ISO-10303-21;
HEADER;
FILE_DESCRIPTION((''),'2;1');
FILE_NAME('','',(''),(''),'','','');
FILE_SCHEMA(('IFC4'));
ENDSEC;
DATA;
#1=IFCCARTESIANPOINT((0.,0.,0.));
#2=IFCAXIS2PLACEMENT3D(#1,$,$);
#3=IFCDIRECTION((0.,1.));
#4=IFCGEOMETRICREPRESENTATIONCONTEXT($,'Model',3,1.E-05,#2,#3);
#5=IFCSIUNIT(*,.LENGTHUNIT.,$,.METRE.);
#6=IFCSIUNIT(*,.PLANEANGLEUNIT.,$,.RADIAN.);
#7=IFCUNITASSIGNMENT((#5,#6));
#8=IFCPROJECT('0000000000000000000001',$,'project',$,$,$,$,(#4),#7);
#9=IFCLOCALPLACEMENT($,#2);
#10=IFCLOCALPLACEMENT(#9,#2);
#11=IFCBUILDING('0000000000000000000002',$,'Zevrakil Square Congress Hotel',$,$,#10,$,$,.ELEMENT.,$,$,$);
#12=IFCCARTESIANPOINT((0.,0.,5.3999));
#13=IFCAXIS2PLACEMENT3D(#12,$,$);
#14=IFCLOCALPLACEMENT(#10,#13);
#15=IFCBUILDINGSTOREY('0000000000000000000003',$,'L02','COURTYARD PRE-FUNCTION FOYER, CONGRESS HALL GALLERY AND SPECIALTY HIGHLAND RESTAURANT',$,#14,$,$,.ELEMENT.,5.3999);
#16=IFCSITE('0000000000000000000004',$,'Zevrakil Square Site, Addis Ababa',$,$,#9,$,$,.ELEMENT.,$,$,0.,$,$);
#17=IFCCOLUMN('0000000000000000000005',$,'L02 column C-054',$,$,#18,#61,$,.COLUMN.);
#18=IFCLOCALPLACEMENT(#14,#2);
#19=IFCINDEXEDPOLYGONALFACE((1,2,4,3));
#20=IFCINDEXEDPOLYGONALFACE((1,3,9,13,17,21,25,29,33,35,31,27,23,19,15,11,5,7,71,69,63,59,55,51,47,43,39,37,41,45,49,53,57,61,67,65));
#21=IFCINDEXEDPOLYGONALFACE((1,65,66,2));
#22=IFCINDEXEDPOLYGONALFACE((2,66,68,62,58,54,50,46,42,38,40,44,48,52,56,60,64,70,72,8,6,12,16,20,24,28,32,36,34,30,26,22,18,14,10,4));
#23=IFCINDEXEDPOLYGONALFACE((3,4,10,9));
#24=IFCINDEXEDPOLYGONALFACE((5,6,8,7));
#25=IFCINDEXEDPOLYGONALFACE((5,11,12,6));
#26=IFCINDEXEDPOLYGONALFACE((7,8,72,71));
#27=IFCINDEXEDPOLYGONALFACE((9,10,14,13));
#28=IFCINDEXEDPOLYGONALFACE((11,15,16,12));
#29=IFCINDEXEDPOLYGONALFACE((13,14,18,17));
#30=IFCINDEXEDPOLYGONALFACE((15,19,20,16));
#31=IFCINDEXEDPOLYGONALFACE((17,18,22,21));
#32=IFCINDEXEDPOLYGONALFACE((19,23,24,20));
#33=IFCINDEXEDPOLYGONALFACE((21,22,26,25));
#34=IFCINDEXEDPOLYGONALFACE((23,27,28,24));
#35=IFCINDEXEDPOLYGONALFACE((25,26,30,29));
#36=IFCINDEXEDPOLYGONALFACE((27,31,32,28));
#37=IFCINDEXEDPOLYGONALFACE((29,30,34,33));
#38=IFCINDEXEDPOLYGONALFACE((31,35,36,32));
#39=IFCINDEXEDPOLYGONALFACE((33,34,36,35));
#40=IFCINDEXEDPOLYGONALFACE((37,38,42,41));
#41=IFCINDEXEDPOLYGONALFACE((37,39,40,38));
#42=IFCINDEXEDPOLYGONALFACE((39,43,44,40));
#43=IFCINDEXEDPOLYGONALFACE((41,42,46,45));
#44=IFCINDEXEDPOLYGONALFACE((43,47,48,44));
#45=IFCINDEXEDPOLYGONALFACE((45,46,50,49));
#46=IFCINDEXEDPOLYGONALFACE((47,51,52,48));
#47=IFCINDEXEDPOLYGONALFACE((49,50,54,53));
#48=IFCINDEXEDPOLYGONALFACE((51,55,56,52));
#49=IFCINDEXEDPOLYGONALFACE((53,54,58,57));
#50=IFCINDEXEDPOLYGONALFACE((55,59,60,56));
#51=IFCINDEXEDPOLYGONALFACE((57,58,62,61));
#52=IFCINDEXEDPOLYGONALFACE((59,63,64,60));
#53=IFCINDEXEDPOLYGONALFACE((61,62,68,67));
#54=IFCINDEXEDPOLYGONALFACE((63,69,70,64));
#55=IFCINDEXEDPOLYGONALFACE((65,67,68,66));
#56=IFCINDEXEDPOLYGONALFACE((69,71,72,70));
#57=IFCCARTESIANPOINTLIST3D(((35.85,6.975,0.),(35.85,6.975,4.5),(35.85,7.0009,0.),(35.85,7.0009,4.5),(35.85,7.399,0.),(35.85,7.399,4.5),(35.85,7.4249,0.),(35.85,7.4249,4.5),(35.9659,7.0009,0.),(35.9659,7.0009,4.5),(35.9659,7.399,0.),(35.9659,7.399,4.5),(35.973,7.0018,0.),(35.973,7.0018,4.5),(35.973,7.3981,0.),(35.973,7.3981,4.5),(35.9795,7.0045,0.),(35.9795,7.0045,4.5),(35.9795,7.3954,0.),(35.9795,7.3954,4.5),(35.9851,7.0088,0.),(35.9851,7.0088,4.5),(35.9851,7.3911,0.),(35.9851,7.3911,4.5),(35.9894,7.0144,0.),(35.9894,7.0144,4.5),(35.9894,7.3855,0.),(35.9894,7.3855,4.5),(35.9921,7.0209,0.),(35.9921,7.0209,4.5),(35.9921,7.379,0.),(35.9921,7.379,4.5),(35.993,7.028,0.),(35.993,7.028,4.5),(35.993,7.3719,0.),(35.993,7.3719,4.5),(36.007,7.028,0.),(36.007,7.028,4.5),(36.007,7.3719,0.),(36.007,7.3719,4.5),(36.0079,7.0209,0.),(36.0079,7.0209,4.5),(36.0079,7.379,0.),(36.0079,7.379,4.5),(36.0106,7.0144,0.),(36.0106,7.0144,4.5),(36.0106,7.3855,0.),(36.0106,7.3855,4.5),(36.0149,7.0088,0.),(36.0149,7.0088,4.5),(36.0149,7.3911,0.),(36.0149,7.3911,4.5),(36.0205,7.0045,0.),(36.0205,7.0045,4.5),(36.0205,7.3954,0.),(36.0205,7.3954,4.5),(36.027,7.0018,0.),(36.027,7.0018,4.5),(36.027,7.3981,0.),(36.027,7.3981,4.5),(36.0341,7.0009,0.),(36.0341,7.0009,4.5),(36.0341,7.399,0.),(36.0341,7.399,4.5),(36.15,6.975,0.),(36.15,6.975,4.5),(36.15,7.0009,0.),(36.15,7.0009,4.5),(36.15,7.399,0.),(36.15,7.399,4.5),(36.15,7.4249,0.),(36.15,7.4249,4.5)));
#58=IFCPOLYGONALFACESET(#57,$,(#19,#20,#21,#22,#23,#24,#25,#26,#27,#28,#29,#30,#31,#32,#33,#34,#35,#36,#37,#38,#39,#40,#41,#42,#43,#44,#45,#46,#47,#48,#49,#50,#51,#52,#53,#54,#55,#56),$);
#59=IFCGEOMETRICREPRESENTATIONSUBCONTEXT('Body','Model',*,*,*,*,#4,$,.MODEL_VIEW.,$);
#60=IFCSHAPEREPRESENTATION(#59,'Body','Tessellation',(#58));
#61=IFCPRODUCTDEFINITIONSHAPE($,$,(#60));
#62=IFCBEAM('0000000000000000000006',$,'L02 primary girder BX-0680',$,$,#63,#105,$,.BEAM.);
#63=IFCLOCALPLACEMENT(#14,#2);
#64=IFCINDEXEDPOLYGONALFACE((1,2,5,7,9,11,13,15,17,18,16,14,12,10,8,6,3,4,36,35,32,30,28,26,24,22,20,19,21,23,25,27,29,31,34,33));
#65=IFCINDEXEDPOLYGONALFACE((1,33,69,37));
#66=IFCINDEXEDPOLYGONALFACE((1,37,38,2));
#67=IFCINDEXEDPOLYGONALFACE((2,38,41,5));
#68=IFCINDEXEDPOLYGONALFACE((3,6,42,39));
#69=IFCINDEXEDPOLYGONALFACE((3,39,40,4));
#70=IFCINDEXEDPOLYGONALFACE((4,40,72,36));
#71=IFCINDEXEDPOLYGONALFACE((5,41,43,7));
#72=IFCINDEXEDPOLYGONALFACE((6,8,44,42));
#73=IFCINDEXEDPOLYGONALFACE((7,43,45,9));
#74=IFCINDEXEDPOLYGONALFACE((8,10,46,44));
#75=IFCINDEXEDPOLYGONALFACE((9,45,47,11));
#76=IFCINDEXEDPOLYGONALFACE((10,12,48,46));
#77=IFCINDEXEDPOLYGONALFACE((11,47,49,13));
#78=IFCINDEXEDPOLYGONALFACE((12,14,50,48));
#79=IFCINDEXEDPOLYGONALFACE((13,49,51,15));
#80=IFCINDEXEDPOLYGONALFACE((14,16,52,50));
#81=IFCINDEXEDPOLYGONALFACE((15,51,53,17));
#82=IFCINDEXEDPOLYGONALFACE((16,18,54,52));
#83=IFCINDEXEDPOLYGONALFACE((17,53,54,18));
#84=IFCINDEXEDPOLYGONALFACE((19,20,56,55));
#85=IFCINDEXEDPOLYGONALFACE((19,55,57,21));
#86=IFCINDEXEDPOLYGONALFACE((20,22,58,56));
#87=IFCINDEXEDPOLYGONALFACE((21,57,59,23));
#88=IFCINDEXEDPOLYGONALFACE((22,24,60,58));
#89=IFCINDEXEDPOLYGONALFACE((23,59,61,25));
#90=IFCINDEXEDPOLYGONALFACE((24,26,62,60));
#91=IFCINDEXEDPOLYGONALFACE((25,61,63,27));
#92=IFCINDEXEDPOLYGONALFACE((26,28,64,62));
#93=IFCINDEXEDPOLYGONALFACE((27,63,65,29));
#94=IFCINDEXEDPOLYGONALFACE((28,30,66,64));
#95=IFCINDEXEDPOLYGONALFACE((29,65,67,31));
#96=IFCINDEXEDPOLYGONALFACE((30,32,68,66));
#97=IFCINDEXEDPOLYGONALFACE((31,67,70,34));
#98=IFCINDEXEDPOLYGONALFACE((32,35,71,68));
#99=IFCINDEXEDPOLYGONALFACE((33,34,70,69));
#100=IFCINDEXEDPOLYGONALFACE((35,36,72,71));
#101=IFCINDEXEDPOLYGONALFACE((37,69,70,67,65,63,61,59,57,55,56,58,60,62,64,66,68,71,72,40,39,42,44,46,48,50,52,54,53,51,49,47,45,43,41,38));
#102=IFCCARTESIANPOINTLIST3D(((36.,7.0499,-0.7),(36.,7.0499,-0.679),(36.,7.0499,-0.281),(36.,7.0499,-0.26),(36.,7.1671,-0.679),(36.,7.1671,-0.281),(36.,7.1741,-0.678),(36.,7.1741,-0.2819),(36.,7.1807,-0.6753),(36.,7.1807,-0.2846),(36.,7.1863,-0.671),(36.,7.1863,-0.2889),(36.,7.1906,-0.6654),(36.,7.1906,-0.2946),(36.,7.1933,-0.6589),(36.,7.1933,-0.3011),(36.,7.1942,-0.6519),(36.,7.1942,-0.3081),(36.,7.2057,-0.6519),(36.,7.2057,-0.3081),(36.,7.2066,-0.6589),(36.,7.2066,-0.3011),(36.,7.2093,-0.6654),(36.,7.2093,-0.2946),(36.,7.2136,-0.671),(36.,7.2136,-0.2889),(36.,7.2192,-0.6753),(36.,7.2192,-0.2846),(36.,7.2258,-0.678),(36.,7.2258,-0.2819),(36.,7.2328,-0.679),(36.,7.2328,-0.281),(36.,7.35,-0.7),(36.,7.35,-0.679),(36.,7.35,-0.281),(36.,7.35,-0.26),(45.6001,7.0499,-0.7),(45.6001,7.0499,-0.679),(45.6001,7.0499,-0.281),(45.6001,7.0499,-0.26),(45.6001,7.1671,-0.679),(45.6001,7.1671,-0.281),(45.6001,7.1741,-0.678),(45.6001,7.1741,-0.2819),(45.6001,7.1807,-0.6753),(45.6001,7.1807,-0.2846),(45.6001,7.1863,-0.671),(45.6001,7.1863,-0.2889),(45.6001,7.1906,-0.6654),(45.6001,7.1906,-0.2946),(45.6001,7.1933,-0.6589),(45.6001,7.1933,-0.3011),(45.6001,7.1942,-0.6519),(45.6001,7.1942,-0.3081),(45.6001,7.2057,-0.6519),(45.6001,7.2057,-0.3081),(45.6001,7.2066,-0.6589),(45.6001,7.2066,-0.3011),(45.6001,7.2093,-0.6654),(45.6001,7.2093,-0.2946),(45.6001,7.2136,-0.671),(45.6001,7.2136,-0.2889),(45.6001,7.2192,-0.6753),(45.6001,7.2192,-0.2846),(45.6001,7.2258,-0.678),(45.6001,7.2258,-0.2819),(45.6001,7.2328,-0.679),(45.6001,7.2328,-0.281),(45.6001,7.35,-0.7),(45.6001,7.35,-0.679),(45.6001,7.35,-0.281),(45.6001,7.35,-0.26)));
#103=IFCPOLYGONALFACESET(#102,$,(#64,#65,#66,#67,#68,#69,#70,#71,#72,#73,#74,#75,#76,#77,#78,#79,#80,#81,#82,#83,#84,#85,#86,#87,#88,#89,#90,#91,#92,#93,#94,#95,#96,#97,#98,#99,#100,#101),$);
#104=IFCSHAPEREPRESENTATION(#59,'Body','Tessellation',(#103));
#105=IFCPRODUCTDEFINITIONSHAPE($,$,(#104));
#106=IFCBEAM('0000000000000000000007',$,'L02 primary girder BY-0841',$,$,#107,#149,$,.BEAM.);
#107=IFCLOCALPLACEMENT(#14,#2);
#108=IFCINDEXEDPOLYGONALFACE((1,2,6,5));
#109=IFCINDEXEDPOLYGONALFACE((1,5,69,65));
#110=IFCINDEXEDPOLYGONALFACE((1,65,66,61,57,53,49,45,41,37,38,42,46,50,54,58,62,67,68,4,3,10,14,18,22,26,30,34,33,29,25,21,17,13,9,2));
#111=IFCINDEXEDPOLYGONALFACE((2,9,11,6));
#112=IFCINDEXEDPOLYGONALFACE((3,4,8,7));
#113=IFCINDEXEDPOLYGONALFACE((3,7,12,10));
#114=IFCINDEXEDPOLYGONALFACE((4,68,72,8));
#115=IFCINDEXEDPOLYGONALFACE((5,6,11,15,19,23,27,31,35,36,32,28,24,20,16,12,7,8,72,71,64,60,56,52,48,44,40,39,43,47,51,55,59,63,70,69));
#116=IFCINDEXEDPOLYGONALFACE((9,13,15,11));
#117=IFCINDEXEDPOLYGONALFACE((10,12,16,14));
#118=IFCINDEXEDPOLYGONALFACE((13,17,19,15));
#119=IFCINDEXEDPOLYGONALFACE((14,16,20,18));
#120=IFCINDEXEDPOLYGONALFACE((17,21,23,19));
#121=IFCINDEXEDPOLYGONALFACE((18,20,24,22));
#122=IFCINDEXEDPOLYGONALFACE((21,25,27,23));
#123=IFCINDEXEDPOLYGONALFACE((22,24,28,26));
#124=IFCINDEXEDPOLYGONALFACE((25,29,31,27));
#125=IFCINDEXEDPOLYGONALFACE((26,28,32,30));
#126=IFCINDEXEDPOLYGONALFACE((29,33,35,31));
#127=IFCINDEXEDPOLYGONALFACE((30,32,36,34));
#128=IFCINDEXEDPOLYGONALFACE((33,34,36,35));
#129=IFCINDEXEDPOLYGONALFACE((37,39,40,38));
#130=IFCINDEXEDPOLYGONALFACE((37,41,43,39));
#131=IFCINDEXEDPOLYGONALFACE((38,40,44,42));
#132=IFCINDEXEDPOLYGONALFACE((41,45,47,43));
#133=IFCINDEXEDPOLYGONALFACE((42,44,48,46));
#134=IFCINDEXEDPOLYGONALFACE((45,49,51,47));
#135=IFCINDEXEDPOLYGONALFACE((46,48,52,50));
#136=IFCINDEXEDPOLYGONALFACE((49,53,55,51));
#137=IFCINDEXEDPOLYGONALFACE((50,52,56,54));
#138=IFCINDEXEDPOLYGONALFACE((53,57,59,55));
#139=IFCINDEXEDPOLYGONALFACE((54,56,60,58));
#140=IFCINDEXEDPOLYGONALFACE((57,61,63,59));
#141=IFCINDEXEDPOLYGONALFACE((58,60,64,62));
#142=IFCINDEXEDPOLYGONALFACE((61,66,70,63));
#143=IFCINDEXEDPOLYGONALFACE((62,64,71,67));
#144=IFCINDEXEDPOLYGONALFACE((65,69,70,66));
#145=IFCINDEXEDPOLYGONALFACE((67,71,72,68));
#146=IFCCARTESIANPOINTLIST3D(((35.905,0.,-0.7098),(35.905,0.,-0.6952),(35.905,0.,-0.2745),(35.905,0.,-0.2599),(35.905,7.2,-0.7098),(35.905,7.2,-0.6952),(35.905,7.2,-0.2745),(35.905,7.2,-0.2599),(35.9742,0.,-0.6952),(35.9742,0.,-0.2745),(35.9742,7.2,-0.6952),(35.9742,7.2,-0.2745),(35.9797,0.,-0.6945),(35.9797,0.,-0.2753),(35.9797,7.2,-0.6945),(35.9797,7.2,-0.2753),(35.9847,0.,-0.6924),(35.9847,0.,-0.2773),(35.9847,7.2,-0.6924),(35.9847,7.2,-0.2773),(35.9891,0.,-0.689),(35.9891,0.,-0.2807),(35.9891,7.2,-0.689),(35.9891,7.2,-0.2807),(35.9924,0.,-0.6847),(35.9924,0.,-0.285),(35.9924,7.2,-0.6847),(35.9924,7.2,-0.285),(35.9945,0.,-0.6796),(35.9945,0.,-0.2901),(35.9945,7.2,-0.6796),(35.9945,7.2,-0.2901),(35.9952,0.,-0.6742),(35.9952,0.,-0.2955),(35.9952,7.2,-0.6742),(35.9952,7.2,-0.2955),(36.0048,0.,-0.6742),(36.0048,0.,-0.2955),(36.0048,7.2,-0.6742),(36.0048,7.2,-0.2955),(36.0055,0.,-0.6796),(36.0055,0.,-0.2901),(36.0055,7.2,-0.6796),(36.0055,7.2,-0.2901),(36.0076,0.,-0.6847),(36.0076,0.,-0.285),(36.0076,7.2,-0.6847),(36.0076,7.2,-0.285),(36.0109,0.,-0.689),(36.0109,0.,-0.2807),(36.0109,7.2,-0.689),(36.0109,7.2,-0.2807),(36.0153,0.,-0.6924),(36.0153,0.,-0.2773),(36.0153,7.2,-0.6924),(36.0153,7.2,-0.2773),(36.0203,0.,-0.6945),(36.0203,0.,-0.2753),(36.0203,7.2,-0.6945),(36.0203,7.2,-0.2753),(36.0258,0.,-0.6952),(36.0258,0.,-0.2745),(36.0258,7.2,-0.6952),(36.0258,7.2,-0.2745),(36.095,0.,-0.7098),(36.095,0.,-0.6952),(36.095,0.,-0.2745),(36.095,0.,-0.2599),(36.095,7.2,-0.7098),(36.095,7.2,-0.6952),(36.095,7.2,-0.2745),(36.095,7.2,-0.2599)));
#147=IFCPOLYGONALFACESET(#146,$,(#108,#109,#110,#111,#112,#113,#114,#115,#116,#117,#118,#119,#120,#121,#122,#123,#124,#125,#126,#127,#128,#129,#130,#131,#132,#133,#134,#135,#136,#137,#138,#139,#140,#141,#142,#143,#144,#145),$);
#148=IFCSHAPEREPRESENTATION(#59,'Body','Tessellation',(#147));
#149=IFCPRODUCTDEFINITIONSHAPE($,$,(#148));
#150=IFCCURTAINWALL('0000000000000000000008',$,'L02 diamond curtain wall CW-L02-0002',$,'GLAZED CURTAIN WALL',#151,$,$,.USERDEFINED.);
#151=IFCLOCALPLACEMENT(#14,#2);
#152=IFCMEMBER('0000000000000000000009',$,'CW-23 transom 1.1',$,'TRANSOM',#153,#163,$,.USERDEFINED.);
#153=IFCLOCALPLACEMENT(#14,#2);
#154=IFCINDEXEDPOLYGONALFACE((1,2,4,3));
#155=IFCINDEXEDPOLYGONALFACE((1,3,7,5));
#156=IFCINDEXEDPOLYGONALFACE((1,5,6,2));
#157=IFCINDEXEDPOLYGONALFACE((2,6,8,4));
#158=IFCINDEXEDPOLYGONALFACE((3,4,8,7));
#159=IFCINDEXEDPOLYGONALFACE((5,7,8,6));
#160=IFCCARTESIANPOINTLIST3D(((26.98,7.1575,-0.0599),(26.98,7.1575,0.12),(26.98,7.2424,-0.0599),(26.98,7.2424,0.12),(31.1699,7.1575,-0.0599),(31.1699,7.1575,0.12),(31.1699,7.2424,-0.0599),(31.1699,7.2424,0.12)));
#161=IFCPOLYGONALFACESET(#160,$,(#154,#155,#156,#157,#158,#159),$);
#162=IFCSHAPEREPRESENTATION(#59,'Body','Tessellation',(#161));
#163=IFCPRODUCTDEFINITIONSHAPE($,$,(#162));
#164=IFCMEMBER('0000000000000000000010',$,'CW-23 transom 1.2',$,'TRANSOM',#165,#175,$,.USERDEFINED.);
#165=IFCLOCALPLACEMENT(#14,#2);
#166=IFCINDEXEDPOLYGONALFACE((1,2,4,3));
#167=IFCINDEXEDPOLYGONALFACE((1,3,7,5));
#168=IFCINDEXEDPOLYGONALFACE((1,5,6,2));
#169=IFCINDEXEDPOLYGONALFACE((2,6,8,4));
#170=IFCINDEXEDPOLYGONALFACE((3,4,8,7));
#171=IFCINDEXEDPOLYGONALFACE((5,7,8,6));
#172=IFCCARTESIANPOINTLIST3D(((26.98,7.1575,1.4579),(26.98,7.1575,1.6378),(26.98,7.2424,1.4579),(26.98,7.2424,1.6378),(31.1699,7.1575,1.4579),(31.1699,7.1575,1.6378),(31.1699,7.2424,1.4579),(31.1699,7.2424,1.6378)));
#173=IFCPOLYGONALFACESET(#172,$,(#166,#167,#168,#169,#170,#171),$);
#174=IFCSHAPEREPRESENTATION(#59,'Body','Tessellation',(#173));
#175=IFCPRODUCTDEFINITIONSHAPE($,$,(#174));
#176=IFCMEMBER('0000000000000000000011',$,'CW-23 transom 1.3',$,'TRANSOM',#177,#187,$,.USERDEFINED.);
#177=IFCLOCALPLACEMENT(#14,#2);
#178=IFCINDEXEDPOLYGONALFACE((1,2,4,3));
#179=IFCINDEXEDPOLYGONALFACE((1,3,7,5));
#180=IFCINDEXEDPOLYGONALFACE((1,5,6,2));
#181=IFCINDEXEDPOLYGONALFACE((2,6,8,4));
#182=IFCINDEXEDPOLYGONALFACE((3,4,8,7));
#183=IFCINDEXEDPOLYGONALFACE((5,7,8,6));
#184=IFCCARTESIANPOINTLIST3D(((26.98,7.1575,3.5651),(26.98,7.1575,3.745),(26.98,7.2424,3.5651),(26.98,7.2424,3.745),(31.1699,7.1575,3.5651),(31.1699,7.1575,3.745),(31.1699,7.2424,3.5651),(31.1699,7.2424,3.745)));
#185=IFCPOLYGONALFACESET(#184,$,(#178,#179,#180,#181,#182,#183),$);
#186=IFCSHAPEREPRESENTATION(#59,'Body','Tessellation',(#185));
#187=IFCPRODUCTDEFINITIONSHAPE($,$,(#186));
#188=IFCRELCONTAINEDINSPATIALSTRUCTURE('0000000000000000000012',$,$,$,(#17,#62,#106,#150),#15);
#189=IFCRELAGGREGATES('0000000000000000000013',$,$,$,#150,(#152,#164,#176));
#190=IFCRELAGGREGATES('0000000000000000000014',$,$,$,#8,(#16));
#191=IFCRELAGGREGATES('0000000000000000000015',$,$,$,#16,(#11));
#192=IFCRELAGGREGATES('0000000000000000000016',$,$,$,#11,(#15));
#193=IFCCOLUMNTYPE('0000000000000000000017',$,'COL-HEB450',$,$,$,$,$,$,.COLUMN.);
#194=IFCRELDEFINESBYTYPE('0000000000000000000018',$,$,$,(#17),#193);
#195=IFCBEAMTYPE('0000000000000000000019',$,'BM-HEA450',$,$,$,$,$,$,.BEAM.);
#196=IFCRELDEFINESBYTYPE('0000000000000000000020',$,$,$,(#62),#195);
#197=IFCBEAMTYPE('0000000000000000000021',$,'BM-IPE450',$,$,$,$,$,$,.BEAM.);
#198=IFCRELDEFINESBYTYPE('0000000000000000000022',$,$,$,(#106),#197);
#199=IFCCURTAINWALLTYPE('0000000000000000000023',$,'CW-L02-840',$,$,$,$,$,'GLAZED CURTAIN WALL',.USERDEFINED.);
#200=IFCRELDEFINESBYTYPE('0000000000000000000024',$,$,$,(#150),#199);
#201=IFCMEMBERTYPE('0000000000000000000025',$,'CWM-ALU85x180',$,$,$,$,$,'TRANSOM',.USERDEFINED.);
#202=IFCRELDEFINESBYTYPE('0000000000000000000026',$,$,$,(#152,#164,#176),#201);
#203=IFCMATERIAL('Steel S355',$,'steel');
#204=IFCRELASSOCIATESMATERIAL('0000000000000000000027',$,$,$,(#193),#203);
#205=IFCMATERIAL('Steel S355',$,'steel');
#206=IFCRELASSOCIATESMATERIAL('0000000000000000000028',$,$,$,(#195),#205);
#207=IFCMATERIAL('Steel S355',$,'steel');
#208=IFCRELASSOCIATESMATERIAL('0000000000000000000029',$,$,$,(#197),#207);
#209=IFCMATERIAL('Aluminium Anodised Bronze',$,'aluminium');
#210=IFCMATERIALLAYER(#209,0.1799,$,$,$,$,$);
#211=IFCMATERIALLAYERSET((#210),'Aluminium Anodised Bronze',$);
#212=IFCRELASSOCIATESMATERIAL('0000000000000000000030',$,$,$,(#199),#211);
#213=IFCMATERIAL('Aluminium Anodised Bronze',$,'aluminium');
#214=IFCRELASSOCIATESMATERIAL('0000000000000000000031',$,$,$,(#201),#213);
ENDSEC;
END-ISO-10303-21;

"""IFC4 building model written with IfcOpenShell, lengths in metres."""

from ifc_helpers import new_model, si_unit, direction, frame, origin, origin_2d, place, context, subcontext, project, spatial, rectangle, i_section, extrude, material, layer, layer_set, material_profile, profile_set, type_object, element, aggregate, save


model = new_model("IFC4")

# Units and contexts
model_context = context("Model", 3, precision=1e-05, world=origin(), true_north=direction((0.0, 1.0)))
body_context = subcontext(model_context, "Body", "Model", "MODEL_VIEW")
ifc_project = project(units=[si_unit("LENGTHUNIT", "METRE"), si_unit("PLANEANGLEUNIT", "RADIAN")], contexts=[model_context])

# Site, building, storey
site_placement = place(None, origin())
site = spatial("IfcSite", under=ifc_project, at=site_placement, Name="Zevrakil Square Site, Addis Ababa", CompositionType="ELEMENT", RefElevation=0.0)
building_placement = place(site_placement, origin())
building = spatial("IfcBuilding", under=site, at=building_placement, Name="Zevrakil Square Congress Hotel", CompositionType="ELEMENT")
storey_placement = place(building_placement, frame((0.0, 0.0, 5.3999)))
storey = spatial("IfcBuildingStorey", under=building, at=storey_placement, Name="L02", Description="COURTYARD PRE-FUNCTION FOYER, CONGRESS HALL GALLERY AND SPECIALTY HIGHLAND RESTAURANT", CompositionType="ELEMENT", Elevation=5.3999)

# Column
ifc_material_1 = material(Name="Steel S355", Category="steel")
ifc_material_profile_1 = material_profile(ifc_material_1, i_section(OverallWidth=0.3, OverallDepth=0.45, WebThickness=0.0139, FlangeThickness=0.0259, FilletRadius=0.0271, at=origin_2d()), Name="HEB 450")
ifc_profile_set_1 = profile_set([ifc_material_profile_1], Name="Steel S355")
column_type = type_object("IfcColumnType", Name="COL-HEB450", PredefinedType="COLUMN", material=ifc_profile_set_1)
column_placement = place(storey_placement, frame((36.0, 7.2, 0.0), z_axis=(0.0, 0.0, 1.0), x_axis=(1.0, 0.0, 0.0)))
element("IfcColumn", 1, at=column_placement, inside=storey, type_object=column_type, Name="L02 column C-054", PredefinedType="COLUMN", context=body_context, shape_type="SweptSolid", body=[
    extrude(i_section(OverallWidth=0.3, OverallDepth=0.45, WebThickness=0.0139, FlangeThickness=0.0259, FilletRadius=0.0271, at=origin_2d()), origin(), (0.0, 0.0, 1.0), 4.5),
])

# Beams
ifc_material_2 = material(Name="Steel S355", Category="steel")
ifc_material_profile_2 = material_profile(ifc_material_2, i_section(OverallWidth=0.3, OverallDepth=0.4399, WebThickness=0.0115, FlangeThickness=0.021, FilletRadius=0.0271, at=origin_2d()), Name="HEA 450")
ifc_profile_set_2 = profile_set([ifc_material_profile_2], Name="Steel S355")
beam_type_1 = type_object("IfcBeamType", Name="BM-HEA450", PredefinedType="BEAM", material=ifc_profile_set_2)
beam_1_placement = place(storey_placement, frame((36.0, 7.2, -0.48), z_axis=(1.0, 0.0, 0.0), x_axis=(0.0, 1.0, 0.0)))
element("IfcBeam", 2, at=beam_1_placement, inside=storey, type_object=beam_type_1, Name="L02 primary girder BX-0680", PredefinedType="BEAM", context=body_context, shape_type="SweptSolid", body=[
    extrude(i_section(OverallWidth=0.3, OverallDepth=0.4399, WebThickness=0.0115, FlangeThickness=0.021, FilletRadius=0.0271, at=origin_2d()), origin(), (0.0, 0.0, 1.0), 9.6001),
])
ifc_material_3 = material(Name="Steel S355", Category="steel")
ifc_material_profile_3 = material_profile(ifc_material_3, i_section(OverallWidth=0.1899, OverallDepth=0.45, WebThickness=0.0095, FlangeThickness=0.0146, FilletRadius=0.021, at=origin_2d()), Name="IPE 450")
ifc_profile_set_3 = profile_set([ifc_material_profile_3], Name="Steel S355")
beam_type_2 = type_object("IfcBeamType", Name="BM-IPE450", PredefinedType="BEAM", material=ifc_profile_set_3)
beam_2_placement = place(storey_placement, frame((36.0, 0.0, -0.4849), z_axis=(0.0, 1.0, 0.0), x_axis=(-1.0, 0.0, 0.0)))
element("IfcBeam", 3, at=beam_2_placement, inside=storey, type_object=beam_type_2, Name="L02 primary girder BY-0841", PredefinedType="BEAM", context=body_context, shape_type="SweptSolid", body=[
    extrude(i_section(OverallWidth=0.1899, OverallDepth=0.45, WebThickness=0.0095, FlangeThickness=0.0146, FilletRadius=0.021, at=origin_2d()), origin(), (0.0, 0.0, 1.0), 7.2),
])

# Curtain wall, members
ifc_material_4 = material(Name="Aluminium Anodised Bronze", Category="aluminium")
ifc_layer_1 = layer(ifc_material_4, 0.1799)
ifc_layer_set_1 = layer_set([ifc_layer_1], Name="Aluminium Anodised Bronze")
curtain_wall_type = type_object("IfcCurtainWallType", Name="CW-L02-840", ElementType="GLAZED CURTAIN WALL", PredefinedType="USERDEFINED", material=ifc_layer_set_1)
curtain_wall_placement = place(storey_placement, origin())
curtain_wall = element("IfcCurtainWall", 4, at=curtain_wall_placement, inside=storey, type_object=curtain_wall_type, Name="L02 diamond curtain wall CW-L02-0002", ObjectType="GLAZED CURTAIN WALL", PredefinedType="USERDEFINED")
ifc_material_5 = material(Name="Aluminium Anodised Bronze", Category="aluminium")
ifc_material_profile_4 = material_profile(ifc_material_5, rectangle(XDim=0.085, YDim=0.1799, at=origin_2d()), Name="ALU 85x180")
ifc_profile_set_4 = profile_set([ifc_material_profile_4], Name="Aluminium Anodised Bronze")
member_type_1 = type_object("IfcMemberType", Name="CWM-ALU85x180", ElementType="TRANSOM", PredefinedType="USERDEFINED", material=ifc_profile_set_4)
member_1_placement = place(storey_placement, frame((26.98, 7.2, 0.03), z_axis=(1.0, 0.0, 0.0), x_axis=(0.0, 1.0, 0.0)))
member_1 = element("IfcMember", 5, at=member_1_placement, type_object=member_type_1, Name="CW-23 transom 1.1", ObjectType="TRANSOM", PredefinedType="USERDEFINED", context=body_context, shape_type="SweptSolid", body=[
    extrude(rectangle(XDim=0.085, YDim=0.1799, at=origin_2d()), origin(), (0.0, 0.0, 1.0), 4.1899),
])
member_2_placement = place(storey_placement, frame((26.98, 7.2, 1.5479), z_axis=(1.0, 0.0, 0.0), x_axis=(0.0, 1.0, 0.0)))
member_2 = element("IfcMember", 6, at=member_2_placement, type_object=member_type_1, Name="CW-23 transom 1.2", ObjectType="TRANSOM", PredefinedType="USERDEFINED", context=body_context, shape_type="SweptSolid", body=[
    extrude(rectangle(XDim=0.085, YDim=0.1799, at=origin_2d()), origin(), (0.0, 0.0, 1.0), 4.1899),
])
member_3_placement = place(storey_placement, frame((26.98, 7.2, 3.655), z_axis=(1.0, 0.0, 0.0), x_axis=(0.0, 1.0, 0.0)))
member_3 = element("IfcMember", 7, at=member_3_placement, type_object=member_type_1, Name="CW-23 transom 1.3", ObjectType="TRANSOM", PredefinedType="USERDEFINED", context=body_context, shape_type="SweptSolid", body=[
    extrude(rectangle(XDim=0.085, YDim=0.1799, at=origin_2d()), origin(), (0.0, 0.0, 1.0), 4.1899),
])

aggregate(curtain_wall, [member_1, member_2, member_3])

save(model, "model.ifc")
